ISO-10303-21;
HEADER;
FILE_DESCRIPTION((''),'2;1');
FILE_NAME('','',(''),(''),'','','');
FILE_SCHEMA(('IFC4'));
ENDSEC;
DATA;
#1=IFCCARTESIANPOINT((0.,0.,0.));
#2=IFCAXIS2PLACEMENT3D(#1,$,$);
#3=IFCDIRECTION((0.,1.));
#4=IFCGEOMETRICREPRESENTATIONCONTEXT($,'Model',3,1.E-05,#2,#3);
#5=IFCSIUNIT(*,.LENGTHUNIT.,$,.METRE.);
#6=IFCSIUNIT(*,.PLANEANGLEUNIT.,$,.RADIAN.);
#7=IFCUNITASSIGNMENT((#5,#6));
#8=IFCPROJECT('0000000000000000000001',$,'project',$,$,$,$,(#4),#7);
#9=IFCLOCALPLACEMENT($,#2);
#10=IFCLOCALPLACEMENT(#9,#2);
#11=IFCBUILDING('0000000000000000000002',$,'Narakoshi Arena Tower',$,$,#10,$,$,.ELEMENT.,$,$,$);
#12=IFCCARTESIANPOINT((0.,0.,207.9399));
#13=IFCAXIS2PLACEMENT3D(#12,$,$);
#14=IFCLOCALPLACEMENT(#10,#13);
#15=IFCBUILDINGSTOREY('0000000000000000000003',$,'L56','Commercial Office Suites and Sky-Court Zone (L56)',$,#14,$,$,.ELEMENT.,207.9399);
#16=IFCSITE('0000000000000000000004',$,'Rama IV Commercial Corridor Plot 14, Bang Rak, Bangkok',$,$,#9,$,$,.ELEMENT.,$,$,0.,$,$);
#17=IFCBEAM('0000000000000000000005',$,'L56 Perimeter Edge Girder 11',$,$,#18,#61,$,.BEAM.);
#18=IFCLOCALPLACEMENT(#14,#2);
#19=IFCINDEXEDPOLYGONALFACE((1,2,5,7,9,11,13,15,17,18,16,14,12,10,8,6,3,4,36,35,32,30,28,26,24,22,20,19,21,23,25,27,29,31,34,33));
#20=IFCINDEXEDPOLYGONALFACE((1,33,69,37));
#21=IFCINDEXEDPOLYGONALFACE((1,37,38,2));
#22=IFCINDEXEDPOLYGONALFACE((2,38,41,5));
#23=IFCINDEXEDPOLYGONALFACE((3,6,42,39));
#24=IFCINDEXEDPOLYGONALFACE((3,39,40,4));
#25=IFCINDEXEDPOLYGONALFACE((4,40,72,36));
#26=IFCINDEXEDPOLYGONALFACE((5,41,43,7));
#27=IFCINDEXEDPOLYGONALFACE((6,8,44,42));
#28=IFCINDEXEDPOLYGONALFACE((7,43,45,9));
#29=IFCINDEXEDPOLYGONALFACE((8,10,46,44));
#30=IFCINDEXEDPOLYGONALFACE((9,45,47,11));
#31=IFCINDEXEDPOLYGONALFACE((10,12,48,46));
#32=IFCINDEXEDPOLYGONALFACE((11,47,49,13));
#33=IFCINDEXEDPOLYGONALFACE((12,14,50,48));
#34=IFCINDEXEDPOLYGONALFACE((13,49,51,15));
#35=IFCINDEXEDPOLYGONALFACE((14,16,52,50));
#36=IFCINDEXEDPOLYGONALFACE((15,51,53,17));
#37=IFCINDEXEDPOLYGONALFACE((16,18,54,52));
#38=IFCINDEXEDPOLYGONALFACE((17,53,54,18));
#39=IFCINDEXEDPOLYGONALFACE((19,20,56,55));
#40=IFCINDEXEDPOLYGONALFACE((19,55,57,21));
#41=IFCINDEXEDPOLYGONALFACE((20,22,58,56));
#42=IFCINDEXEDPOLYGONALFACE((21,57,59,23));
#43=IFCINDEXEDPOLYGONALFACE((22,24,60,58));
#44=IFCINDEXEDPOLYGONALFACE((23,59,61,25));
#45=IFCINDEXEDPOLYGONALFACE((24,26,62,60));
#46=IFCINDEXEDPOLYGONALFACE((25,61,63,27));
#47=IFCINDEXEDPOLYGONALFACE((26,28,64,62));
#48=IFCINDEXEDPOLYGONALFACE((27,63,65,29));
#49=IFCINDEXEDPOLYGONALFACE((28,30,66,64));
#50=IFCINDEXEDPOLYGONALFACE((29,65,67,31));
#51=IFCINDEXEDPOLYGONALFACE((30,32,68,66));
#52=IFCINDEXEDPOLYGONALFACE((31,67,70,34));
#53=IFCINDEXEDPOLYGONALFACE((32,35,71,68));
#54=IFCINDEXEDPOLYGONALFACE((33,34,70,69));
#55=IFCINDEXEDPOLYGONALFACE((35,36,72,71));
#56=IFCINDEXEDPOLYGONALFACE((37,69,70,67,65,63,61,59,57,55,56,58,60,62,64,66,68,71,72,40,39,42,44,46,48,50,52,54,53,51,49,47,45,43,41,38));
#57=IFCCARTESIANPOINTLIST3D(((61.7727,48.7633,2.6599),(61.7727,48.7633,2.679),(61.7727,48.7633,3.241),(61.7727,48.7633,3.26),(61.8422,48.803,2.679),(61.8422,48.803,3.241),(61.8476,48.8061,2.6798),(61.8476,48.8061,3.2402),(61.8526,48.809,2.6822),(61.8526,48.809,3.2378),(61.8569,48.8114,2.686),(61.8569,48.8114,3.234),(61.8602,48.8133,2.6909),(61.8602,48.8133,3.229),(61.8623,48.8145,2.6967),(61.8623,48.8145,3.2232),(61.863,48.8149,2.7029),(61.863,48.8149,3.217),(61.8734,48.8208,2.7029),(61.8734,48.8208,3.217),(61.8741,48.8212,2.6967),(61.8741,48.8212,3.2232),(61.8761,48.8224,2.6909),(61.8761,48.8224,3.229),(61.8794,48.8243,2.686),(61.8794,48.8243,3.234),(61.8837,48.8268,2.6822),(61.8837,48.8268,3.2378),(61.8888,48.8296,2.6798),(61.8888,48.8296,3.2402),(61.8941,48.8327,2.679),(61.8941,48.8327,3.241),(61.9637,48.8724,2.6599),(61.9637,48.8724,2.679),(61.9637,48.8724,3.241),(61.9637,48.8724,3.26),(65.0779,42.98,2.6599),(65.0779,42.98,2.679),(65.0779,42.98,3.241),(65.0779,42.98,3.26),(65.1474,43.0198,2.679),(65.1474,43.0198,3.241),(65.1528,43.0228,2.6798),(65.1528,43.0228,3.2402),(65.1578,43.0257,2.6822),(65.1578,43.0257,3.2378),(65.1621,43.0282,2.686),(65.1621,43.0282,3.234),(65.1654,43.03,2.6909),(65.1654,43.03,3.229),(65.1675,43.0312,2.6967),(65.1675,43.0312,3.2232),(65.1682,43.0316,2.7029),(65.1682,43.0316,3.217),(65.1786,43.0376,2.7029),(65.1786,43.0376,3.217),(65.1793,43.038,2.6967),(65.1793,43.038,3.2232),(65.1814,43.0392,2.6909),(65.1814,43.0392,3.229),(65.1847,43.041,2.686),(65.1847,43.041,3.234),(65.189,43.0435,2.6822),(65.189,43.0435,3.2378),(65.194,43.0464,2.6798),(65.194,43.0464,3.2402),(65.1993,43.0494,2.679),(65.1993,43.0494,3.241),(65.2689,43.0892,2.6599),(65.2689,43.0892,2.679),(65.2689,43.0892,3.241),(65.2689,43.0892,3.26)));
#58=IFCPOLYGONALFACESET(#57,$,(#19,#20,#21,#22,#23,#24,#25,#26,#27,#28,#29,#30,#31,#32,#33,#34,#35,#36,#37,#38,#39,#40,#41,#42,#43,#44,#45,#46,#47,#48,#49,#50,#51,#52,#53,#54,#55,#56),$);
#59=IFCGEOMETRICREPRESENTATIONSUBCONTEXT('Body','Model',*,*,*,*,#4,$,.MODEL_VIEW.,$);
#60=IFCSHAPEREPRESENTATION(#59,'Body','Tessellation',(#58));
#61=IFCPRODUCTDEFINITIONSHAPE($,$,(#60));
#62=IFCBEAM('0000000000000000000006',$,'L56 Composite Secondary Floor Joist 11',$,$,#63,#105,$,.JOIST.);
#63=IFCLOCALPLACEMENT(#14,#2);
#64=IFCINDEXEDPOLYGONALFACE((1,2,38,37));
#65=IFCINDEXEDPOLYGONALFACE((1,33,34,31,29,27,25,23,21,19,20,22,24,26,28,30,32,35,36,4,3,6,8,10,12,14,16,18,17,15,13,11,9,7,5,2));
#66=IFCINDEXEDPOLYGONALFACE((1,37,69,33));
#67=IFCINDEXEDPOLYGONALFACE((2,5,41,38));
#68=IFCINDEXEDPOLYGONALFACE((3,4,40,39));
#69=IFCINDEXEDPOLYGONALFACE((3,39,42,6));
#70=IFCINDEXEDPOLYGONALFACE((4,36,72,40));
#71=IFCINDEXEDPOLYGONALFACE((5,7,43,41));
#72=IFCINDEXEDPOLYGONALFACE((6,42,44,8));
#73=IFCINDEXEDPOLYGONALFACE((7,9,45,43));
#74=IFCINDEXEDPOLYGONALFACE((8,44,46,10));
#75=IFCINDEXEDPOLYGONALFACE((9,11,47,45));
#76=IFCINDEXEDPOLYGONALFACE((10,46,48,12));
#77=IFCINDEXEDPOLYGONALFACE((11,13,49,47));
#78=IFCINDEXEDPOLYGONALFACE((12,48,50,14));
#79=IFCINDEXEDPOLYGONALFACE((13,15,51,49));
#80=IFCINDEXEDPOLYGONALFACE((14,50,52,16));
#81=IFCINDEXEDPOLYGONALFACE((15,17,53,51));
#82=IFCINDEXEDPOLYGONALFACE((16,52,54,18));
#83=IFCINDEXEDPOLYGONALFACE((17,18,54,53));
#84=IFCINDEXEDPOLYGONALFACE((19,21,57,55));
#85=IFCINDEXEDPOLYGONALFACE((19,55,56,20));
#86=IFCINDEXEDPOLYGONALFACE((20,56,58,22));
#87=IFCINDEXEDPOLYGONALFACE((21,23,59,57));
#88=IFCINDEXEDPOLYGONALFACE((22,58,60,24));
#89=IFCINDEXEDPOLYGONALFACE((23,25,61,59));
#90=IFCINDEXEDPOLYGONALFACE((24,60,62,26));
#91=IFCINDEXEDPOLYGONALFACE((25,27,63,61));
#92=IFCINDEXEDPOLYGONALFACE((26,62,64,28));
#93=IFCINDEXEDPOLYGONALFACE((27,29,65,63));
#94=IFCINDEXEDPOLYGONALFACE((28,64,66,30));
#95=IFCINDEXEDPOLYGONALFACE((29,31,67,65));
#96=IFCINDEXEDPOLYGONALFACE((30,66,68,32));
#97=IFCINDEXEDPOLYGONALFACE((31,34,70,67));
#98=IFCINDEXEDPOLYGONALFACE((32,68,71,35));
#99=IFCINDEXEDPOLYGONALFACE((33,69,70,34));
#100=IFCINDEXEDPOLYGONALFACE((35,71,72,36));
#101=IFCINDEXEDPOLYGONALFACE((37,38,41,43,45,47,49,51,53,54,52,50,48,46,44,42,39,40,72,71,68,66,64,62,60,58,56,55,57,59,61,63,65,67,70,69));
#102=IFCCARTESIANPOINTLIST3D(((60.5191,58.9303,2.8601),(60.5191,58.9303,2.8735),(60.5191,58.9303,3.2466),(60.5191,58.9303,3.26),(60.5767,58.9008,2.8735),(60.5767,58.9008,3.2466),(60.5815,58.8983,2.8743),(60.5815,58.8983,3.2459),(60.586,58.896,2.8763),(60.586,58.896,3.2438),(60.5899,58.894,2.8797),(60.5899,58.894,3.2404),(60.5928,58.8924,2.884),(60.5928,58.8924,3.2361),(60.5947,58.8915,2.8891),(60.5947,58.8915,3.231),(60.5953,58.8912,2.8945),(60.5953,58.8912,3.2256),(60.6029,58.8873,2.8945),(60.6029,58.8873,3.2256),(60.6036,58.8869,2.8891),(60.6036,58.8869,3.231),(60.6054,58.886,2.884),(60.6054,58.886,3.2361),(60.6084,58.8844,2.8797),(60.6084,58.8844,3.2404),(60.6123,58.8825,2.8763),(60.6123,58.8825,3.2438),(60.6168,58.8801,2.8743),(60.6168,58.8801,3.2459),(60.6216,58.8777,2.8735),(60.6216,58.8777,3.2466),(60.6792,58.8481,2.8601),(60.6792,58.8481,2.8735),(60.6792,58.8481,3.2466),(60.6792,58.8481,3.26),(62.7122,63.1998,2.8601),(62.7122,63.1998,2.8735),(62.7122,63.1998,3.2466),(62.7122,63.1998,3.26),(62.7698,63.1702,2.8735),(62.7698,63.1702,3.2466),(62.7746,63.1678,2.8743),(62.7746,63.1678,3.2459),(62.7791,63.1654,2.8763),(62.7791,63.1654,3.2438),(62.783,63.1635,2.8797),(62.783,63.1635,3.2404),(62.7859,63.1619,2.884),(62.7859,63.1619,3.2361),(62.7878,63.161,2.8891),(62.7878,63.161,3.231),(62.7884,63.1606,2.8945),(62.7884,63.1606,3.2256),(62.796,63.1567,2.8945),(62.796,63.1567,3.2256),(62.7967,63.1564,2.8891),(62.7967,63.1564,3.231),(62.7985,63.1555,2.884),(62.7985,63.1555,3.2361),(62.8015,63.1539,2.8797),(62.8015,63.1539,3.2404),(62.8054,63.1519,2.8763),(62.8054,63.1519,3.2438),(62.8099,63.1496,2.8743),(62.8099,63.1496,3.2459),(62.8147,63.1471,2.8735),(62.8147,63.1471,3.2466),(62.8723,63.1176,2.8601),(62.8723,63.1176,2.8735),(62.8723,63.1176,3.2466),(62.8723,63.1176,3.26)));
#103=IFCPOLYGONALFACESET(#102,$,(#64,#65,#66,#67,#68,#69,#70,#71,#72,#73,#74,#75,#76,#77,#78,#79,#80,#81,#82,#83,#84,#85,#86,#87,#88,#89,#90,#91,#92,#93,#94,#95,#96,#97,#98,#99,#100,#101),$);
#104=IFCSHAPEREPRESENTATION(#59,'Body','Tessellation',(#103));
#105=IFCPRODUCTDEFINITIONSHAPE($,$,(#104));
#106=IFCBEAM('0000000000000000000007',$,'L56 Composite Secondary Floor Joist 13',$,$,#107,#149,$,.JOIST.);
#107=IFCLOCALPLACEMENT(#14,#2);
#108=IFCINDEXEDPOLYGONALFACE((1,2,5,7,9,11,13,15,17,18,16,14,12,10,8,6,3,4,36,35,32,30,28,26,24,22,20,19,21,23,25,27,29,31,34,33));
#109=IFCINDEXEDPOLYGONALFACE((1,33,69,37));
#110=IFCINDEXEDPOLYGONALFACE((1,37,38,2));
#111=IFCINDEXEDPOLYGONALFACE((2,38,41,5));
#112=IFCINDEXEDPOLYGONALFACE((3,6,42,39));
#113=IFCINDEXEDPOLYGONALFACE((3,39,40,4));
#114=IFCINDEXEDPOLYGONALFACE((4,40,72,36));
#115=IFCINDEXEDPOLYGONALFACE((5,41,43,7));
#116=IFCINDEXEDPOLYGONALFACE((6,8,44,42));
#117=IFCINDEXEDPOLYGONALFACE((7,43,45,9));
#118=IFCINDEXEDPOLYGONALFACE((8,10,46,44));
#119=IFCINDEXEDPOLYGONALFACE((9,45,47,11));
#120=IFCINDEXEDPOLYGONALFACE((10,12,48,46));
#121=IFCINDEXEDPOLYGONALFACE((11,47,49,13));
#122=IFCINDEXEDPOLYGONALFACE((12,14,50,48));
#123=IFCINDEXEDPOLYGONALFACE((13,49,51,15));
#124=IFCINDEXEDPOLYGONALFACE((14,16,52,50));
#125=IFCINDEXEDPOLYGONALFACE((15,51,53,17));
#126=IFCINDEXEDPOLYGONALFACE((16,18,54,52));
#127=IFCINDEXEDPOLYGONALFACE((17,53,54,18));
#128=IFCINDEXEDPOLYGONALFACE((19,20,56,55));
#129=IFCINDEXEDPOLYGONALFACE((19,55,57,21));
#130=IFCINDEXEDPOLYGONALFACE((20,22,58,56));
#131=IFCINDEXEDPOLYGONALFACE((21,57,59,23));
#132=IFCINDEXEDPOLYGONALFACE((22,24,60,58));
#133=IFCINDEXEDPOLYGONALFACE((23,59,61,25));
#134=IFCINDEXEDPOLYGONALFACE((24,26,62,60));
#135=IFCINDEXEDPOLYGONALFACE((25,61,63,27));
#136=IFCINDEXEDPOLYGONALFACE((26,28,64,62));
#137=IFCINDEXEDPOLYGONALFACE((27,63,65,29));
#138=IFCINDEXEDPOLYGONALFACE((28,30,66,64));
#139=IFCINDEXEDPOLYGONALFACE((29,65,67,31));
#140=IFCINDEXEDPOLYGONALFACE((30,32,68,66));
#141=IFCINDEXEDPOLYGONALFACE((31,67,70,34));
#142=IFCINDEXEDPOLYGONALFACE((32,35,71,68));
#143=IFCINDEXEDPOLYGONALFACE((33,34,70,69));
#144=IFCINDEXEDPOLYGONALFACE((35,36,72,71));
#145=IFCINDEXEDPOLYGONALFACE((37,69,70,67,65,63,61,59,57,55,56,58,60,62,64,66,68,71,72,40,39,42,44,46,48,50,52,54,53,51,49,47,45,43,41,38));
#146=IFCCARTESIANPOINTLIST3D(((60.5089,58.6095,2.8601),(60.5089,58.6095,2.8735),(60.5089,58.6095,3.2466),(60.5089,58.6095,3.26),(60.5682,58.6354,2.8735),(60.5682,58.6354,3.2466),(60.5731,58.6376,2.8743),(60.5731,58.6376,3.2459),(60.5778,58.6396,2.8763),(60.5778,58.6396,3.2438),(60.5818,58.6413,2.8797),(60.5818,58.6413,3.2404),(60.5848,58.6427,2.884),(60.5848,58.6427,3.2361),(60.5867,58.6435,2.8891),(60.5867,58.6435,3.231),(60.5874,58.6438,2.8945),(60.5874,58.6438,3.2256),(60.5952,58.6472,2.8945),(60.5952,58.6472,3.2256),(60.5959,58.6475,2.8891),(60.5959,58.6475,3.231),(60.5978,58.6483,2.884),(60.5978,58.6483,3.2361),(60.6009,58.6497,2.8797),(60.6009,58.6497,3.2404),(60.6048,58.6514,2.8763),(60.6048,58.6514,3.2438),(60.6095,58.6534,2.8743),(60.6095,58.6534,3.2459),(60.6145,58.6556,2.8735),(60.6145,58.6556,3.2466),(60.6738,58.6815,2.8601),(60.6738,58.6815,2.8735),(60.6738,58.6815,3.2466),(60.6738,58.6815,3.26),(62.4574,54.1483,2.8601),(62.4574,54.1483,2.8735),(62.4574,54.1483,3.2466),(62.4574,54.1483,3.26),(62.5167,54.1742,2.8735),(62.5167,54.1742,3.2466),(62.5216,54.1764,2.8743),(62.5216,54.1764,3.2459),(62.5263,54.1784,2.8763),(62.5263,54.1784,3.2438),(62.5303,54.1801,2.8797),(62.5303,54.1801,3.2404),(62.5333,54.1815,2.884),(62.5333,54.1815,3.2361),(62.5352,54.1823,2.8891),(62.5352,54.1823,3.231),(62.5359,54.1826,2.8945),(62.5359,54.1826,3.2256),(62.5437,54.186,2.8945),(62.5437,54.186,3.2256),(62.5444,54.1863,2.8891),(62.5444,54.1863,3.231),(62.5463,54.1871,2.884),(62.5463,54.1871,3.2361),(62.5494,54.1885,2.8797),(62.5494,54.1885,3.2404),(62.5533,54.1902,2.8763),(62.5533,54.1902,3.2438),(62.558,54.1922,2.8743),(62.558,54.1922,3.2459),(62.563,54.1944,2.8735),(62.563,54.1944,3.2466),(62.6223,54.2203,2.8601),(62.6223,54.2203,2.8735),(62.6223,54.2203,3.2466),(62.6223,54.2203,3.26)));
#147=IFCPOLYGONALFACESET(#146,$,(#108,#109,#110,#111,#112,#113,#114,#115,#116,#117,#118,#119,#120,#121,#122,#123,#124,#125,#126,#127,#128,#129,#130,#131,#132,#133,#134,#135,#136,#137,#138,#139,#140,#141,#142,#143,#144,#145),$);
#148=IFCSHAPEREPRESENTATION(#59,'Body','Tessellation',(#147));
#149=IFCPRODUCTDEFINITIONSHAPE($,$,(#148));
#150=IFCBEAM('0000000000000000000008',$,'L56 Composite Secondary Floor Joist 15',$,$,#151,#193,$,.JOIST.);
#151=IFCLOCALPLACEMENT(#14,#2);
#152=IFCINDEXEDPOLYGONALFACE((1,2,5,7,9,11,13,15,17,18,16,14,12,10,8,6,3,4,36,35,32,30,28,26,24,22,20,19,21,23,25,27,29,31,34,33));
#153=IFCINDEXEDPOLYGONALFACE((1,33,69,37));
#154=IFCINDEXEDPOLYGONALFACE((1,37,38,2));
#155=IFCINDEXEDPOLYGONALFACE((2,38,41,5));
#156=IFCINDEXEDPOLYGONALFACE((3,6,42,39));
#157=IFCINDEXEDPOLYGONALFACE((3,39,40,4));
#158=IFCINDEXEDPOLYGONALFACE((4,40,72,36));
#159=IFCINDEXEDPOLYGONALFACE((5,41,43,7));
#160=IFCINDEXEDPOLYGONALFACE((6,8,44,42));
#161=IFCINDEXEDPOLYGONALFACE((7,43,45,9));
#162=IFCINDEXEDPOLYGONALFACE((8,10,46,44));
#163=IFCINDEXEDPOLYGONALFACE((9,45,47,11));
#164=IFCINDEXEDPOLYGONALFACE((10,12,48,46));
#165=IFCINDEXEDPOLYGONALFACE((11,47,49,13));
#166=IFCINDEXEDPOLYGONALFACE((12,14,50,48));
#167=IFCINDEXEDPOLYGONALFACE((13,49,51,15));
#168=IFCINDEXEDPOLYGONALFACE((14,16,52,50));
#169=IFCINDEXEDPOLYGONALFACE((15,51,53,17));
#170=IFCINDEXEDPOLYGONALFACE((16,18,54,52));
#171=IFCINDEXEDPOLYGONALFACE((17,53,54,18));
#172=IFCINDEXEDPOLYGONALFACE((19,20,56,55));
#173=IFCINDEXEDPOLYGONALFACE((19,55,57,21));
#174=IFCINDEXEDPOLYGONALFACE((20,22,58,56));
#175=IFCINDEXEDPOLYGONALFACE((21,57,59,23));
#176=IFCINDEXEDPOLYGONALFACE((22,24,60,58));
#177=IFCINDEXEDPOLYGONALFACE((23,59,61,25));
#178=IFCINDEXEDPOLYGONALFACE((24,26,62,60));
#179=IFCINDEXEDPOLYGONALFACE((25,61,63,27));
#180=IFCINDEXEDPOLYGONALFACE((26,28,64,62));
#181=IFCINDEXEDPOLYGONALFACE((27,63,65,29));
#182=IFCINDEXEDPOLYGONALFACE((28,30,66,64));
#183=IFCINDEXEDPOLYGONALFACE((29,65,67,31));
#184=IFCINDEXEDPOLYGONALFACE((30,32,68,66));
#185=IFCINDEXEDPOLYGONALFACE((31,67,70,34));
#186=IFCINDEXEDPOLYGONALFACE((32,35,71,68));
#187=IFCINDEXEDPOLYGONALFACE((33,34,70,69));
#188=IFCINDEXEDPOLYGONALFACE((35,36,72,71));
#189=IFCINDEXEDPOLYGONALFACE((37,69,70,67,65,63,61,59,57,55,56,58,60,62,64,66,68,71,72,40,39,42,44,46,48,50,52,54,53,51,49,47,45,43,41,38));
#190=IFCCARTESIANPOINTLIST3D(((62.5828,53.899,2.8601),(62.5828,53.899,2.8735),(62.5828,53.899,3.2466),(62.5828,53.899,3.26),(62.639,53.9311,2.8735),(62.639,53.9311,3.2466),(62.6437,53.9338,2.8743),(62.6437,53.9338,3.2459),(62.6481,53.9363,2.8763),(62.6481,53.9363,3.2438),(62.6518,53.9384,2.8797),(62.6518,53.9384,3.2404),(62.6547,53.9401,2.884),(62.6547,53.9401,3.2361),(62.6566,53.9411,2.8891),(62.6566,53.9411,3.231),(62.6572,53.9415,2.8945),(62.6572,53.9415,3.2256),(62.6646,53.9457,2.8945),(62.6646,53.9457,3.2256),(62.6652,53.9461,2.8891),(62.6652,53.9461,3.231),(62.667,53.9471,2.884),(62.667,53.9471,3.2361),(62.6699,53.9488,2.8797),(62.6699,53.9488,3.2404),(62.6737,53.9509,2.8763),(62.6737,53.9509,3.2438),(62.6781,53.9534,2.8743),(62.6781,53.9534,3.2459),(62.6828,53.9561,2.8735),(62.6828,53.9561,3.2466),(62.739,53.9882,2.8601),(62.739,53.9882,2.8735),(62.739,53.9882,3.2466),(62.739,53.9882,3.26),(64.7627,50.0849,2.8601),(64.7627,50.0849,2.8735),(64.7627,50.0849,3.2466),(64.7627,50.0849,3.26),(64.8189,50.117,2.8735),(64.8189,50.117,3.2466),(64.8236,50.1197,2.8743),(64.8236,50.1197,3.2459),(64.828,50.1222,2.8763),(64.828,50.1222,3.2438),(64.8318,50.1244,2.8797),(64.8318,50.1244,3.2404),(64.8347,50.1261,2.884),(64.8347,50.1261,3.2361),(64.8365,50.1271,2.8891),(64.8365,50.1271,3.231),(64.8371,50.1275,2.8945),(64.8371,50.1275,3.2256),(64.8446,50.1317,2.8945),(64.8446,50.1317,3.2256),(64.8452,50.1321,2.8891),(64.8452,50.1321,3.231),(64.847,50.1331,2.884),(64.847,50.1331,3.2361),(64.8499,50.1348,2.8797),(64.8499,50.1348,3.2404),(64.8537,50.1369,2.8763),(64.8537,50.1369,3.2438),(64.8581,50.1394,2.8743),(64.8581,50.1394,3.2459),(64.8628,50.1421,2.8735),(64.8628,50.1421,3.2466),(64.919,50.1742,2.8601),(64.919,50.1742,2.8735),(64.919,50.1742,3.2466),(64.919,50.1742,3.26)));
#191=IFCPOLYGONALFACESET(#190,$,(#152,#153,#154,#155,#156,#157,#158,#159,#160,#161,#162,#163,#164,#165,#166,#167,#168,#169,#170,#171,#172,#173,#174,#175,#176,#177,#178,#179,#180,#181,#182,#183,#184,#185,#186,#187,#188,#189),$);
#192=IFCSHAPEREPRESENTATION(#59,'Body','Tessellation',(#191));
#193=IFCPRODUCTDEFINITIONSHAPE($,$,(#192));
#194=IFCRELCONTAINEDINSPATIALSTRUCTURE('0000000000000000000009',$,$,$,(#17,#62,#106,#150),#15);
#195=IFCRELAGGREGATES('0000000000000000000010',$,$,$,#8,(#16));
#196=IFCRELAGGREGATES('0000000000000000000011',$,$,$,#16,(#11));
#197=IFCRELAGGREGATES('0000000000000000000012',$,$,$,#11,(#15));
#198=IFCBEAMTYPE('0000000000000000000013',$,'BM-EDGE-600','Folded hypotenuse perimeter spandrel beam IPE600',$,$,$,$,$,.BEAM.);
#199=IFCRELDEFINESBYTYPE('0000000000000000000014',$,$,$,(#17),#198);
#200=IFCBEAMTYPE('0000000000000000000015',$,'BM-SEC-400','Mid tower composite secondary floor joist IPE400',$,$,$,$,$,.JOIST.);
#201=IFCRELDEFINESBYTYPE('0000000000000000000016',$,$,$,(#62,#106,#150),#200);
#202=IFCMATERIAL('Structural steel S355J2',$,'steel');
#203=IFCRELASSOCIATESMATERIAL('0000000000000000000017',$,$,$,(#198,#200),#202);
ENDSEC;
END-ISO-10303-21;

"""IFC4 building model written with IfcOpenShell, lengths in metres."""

from ifc_helpers import new_model, si_unit, direction, frame, origin, origin_2d, place, context, subcontext, project, spatial, i_section, extrude, material, material_profile, profile_set, type_object, element, save


model = new_model("IFC4")

# Units and contexts
model_context = context("Model", 3, precision=1e-05, world=origin(), true_north=direction((0.0, 1.0)))
body_context = subcontext(model_context, "Body", "Model", "MODEL_VIEW")
ifc_project = project(units=[si_unit("LENGTHUNIT", "METRE"), si_unit("PLANEANGLEUNIT", "RADIAN")], contexts=[model_context])

# Site, building, storey
site_placement = place(None, origin())
site = spatial("IfcSite", under=ifc_project, at=site_placement, Name="Rama IV Commercial Corridor Plot 14, Bang Rak, Bangkok", CompositionType="ELEMENT", RefElevation=0.0)
building_placement = place(site_placement, origin())
building = spatial("IfcBuilding", under=site, at=building_placement, Name="Narakoshi Arena Tower", CompositionType="ELEMENT")
storey_placement = place(building_placement, frame((0.0, 0.0, 207.9399)))
storey = spatial("IfcBuildingStorey", under=building, at=storey_placement, Name="L56", Description="Commercial Office Suites and Sky-Court Zone (L56)", CompositionType="ELEMENT", Elevation=207.9399)

# Beams
ifc_material_1 = material(Name="Structural steel S355J2", Category="steel")
ifc_material_profile_1 = material_profile(ifc_material_1, i_section(OverallWidth=0.22, OverallDepth=0.6001, WebThickness=0.012, FlangeThickness=0.019, FilletRadius=0.0239, at=origin_2d()), Name="IPE600")
ifc_profile_set_1 = profile_set([ifc_material_profile_1], Name="Structural steel S355J2")
beam_type_1 = type_object("IfcBeamType", Name="BM-EDGE-600", Description="Folded hypotenuse perimeter spandrel beam IPE600", PredefinedType="BEAM", material=ifc_profile_set_1)
for number, where, z_axis, x_axis, name in (
    (1, (61.8682, 48.8179, 2.96), (0.496194, -0.868212, 0.0), (0.868212, 0.496194, 0.0), "L56 Perimeter Edge Girder 11"),
):
    element("IfcBeam", number, at=place(storey_placement, frame(where, z_axis=z_axis, x_axis=x_axis)), inside=storey, type_object=beam_type_1, Name=name, PredefinedType="BEAM", context=body_context, shape_type="SweptSolid", body=[
        extrude(i_section(OverallWidth=0.22, OverallDepth=0.6001, WebThickness=0.012, FlangeThickness=0.019, FilletRadius=0.0239, at=origin_2d()), origin(), (0.0, 0.0, 1.0), 6.6611),
    ])
ifc_material_profile_2 = material_profile(ifc_material_1, i_section(OverallWidth=0.1799, OverallDepth=0.3999, WebThickness=0.0085, FlangeThickness=0.0134, FilletRadius=0.021, at=origin_2d()), Name="IPE400")
ifc_profile_set_2 = profile_set([ifc_material_profile_2], Name="Structural steel S355J2")
beam_type_2 = type_object("IfcBeamType", Name="BM-SEC-400", Description="Mid tower composite secondary floor joist IPE400", PredefinedType="JOIST", material=ifc_profile_set_2)
beam_1_placement = place(storey_placement, frame((62.7922, 63.1587, 3.0601), z_axis=(-0.456912, -0.889512, 0.0), x_axis=(0.889512, -0.456912, 0.0)))
element("IfcBeam", 2, at=beam_1_placement, inside=storey, type_object=beam_type_2, Name="L56 Composite Secondary Floor Joist 11", PredefinedType="JOIST", context=body_context, shape_type="SweptSolid", body=[
    extrude(i_section(OverallWidth=0.1799, OverallDepth=0.3999, WebThickness=0.0085, FlangeThickness=0.0134, FilletRadius=0.021, at=origin_2d()), origin(), (0.0, 0.0, 1.0), 4.7998),
])
beam_2_placement = place(storey_placement, frame((60.5913, 58.6455, 3.0601), z_axis=(0.400253, -0.916405, 0.0), x_axis=(0.916405, 0.400253, 0.0)))
element("IfcBeam", 3, at=beam_2_placement, inside=storey, type_object=beam_type_2, Name="L56 Composite Secondary Floor Joist 13", PredefinedType="JOIST", context=body_context, shape_type="SweptSolid", body=[
    extrude(i_section(OverallWidth=0.1799, OverallDepth=0.3999, WebThickness=0.0085, FlangeThickness=0.0134, FilletRadius=0.021, at=origin_2d()), origin(), (0.0, 0.0, 1.0), 4.8682),
])
beam_3_placement = place(storey_placement, frame((62.6609, 53.9436, 3.0601), z_axis=(0.496229, -0.868192, 0.0), x_axis=(0.868192, 0.496229, 0.0)))
element("IfcBeam", 4, at=beam_3_placement, inside=storey, type_object=beam_type_2, Name="L56 Composite Secondary Floor Joist 15", PredefinedType="JOIST", context=body_context, shape_type="SweptSolid", body=[
    extrude(i_section(OverallWidth=0.1799, OverallDepth=0.3999, WebThickness=0.0085, FlangeThickness=0.0134, FilletRadius=0.021, at=origin_2d()), origin(), (0.0, 0.0, 1.0), 4.3931),
])

save(model, "model.ifc")
